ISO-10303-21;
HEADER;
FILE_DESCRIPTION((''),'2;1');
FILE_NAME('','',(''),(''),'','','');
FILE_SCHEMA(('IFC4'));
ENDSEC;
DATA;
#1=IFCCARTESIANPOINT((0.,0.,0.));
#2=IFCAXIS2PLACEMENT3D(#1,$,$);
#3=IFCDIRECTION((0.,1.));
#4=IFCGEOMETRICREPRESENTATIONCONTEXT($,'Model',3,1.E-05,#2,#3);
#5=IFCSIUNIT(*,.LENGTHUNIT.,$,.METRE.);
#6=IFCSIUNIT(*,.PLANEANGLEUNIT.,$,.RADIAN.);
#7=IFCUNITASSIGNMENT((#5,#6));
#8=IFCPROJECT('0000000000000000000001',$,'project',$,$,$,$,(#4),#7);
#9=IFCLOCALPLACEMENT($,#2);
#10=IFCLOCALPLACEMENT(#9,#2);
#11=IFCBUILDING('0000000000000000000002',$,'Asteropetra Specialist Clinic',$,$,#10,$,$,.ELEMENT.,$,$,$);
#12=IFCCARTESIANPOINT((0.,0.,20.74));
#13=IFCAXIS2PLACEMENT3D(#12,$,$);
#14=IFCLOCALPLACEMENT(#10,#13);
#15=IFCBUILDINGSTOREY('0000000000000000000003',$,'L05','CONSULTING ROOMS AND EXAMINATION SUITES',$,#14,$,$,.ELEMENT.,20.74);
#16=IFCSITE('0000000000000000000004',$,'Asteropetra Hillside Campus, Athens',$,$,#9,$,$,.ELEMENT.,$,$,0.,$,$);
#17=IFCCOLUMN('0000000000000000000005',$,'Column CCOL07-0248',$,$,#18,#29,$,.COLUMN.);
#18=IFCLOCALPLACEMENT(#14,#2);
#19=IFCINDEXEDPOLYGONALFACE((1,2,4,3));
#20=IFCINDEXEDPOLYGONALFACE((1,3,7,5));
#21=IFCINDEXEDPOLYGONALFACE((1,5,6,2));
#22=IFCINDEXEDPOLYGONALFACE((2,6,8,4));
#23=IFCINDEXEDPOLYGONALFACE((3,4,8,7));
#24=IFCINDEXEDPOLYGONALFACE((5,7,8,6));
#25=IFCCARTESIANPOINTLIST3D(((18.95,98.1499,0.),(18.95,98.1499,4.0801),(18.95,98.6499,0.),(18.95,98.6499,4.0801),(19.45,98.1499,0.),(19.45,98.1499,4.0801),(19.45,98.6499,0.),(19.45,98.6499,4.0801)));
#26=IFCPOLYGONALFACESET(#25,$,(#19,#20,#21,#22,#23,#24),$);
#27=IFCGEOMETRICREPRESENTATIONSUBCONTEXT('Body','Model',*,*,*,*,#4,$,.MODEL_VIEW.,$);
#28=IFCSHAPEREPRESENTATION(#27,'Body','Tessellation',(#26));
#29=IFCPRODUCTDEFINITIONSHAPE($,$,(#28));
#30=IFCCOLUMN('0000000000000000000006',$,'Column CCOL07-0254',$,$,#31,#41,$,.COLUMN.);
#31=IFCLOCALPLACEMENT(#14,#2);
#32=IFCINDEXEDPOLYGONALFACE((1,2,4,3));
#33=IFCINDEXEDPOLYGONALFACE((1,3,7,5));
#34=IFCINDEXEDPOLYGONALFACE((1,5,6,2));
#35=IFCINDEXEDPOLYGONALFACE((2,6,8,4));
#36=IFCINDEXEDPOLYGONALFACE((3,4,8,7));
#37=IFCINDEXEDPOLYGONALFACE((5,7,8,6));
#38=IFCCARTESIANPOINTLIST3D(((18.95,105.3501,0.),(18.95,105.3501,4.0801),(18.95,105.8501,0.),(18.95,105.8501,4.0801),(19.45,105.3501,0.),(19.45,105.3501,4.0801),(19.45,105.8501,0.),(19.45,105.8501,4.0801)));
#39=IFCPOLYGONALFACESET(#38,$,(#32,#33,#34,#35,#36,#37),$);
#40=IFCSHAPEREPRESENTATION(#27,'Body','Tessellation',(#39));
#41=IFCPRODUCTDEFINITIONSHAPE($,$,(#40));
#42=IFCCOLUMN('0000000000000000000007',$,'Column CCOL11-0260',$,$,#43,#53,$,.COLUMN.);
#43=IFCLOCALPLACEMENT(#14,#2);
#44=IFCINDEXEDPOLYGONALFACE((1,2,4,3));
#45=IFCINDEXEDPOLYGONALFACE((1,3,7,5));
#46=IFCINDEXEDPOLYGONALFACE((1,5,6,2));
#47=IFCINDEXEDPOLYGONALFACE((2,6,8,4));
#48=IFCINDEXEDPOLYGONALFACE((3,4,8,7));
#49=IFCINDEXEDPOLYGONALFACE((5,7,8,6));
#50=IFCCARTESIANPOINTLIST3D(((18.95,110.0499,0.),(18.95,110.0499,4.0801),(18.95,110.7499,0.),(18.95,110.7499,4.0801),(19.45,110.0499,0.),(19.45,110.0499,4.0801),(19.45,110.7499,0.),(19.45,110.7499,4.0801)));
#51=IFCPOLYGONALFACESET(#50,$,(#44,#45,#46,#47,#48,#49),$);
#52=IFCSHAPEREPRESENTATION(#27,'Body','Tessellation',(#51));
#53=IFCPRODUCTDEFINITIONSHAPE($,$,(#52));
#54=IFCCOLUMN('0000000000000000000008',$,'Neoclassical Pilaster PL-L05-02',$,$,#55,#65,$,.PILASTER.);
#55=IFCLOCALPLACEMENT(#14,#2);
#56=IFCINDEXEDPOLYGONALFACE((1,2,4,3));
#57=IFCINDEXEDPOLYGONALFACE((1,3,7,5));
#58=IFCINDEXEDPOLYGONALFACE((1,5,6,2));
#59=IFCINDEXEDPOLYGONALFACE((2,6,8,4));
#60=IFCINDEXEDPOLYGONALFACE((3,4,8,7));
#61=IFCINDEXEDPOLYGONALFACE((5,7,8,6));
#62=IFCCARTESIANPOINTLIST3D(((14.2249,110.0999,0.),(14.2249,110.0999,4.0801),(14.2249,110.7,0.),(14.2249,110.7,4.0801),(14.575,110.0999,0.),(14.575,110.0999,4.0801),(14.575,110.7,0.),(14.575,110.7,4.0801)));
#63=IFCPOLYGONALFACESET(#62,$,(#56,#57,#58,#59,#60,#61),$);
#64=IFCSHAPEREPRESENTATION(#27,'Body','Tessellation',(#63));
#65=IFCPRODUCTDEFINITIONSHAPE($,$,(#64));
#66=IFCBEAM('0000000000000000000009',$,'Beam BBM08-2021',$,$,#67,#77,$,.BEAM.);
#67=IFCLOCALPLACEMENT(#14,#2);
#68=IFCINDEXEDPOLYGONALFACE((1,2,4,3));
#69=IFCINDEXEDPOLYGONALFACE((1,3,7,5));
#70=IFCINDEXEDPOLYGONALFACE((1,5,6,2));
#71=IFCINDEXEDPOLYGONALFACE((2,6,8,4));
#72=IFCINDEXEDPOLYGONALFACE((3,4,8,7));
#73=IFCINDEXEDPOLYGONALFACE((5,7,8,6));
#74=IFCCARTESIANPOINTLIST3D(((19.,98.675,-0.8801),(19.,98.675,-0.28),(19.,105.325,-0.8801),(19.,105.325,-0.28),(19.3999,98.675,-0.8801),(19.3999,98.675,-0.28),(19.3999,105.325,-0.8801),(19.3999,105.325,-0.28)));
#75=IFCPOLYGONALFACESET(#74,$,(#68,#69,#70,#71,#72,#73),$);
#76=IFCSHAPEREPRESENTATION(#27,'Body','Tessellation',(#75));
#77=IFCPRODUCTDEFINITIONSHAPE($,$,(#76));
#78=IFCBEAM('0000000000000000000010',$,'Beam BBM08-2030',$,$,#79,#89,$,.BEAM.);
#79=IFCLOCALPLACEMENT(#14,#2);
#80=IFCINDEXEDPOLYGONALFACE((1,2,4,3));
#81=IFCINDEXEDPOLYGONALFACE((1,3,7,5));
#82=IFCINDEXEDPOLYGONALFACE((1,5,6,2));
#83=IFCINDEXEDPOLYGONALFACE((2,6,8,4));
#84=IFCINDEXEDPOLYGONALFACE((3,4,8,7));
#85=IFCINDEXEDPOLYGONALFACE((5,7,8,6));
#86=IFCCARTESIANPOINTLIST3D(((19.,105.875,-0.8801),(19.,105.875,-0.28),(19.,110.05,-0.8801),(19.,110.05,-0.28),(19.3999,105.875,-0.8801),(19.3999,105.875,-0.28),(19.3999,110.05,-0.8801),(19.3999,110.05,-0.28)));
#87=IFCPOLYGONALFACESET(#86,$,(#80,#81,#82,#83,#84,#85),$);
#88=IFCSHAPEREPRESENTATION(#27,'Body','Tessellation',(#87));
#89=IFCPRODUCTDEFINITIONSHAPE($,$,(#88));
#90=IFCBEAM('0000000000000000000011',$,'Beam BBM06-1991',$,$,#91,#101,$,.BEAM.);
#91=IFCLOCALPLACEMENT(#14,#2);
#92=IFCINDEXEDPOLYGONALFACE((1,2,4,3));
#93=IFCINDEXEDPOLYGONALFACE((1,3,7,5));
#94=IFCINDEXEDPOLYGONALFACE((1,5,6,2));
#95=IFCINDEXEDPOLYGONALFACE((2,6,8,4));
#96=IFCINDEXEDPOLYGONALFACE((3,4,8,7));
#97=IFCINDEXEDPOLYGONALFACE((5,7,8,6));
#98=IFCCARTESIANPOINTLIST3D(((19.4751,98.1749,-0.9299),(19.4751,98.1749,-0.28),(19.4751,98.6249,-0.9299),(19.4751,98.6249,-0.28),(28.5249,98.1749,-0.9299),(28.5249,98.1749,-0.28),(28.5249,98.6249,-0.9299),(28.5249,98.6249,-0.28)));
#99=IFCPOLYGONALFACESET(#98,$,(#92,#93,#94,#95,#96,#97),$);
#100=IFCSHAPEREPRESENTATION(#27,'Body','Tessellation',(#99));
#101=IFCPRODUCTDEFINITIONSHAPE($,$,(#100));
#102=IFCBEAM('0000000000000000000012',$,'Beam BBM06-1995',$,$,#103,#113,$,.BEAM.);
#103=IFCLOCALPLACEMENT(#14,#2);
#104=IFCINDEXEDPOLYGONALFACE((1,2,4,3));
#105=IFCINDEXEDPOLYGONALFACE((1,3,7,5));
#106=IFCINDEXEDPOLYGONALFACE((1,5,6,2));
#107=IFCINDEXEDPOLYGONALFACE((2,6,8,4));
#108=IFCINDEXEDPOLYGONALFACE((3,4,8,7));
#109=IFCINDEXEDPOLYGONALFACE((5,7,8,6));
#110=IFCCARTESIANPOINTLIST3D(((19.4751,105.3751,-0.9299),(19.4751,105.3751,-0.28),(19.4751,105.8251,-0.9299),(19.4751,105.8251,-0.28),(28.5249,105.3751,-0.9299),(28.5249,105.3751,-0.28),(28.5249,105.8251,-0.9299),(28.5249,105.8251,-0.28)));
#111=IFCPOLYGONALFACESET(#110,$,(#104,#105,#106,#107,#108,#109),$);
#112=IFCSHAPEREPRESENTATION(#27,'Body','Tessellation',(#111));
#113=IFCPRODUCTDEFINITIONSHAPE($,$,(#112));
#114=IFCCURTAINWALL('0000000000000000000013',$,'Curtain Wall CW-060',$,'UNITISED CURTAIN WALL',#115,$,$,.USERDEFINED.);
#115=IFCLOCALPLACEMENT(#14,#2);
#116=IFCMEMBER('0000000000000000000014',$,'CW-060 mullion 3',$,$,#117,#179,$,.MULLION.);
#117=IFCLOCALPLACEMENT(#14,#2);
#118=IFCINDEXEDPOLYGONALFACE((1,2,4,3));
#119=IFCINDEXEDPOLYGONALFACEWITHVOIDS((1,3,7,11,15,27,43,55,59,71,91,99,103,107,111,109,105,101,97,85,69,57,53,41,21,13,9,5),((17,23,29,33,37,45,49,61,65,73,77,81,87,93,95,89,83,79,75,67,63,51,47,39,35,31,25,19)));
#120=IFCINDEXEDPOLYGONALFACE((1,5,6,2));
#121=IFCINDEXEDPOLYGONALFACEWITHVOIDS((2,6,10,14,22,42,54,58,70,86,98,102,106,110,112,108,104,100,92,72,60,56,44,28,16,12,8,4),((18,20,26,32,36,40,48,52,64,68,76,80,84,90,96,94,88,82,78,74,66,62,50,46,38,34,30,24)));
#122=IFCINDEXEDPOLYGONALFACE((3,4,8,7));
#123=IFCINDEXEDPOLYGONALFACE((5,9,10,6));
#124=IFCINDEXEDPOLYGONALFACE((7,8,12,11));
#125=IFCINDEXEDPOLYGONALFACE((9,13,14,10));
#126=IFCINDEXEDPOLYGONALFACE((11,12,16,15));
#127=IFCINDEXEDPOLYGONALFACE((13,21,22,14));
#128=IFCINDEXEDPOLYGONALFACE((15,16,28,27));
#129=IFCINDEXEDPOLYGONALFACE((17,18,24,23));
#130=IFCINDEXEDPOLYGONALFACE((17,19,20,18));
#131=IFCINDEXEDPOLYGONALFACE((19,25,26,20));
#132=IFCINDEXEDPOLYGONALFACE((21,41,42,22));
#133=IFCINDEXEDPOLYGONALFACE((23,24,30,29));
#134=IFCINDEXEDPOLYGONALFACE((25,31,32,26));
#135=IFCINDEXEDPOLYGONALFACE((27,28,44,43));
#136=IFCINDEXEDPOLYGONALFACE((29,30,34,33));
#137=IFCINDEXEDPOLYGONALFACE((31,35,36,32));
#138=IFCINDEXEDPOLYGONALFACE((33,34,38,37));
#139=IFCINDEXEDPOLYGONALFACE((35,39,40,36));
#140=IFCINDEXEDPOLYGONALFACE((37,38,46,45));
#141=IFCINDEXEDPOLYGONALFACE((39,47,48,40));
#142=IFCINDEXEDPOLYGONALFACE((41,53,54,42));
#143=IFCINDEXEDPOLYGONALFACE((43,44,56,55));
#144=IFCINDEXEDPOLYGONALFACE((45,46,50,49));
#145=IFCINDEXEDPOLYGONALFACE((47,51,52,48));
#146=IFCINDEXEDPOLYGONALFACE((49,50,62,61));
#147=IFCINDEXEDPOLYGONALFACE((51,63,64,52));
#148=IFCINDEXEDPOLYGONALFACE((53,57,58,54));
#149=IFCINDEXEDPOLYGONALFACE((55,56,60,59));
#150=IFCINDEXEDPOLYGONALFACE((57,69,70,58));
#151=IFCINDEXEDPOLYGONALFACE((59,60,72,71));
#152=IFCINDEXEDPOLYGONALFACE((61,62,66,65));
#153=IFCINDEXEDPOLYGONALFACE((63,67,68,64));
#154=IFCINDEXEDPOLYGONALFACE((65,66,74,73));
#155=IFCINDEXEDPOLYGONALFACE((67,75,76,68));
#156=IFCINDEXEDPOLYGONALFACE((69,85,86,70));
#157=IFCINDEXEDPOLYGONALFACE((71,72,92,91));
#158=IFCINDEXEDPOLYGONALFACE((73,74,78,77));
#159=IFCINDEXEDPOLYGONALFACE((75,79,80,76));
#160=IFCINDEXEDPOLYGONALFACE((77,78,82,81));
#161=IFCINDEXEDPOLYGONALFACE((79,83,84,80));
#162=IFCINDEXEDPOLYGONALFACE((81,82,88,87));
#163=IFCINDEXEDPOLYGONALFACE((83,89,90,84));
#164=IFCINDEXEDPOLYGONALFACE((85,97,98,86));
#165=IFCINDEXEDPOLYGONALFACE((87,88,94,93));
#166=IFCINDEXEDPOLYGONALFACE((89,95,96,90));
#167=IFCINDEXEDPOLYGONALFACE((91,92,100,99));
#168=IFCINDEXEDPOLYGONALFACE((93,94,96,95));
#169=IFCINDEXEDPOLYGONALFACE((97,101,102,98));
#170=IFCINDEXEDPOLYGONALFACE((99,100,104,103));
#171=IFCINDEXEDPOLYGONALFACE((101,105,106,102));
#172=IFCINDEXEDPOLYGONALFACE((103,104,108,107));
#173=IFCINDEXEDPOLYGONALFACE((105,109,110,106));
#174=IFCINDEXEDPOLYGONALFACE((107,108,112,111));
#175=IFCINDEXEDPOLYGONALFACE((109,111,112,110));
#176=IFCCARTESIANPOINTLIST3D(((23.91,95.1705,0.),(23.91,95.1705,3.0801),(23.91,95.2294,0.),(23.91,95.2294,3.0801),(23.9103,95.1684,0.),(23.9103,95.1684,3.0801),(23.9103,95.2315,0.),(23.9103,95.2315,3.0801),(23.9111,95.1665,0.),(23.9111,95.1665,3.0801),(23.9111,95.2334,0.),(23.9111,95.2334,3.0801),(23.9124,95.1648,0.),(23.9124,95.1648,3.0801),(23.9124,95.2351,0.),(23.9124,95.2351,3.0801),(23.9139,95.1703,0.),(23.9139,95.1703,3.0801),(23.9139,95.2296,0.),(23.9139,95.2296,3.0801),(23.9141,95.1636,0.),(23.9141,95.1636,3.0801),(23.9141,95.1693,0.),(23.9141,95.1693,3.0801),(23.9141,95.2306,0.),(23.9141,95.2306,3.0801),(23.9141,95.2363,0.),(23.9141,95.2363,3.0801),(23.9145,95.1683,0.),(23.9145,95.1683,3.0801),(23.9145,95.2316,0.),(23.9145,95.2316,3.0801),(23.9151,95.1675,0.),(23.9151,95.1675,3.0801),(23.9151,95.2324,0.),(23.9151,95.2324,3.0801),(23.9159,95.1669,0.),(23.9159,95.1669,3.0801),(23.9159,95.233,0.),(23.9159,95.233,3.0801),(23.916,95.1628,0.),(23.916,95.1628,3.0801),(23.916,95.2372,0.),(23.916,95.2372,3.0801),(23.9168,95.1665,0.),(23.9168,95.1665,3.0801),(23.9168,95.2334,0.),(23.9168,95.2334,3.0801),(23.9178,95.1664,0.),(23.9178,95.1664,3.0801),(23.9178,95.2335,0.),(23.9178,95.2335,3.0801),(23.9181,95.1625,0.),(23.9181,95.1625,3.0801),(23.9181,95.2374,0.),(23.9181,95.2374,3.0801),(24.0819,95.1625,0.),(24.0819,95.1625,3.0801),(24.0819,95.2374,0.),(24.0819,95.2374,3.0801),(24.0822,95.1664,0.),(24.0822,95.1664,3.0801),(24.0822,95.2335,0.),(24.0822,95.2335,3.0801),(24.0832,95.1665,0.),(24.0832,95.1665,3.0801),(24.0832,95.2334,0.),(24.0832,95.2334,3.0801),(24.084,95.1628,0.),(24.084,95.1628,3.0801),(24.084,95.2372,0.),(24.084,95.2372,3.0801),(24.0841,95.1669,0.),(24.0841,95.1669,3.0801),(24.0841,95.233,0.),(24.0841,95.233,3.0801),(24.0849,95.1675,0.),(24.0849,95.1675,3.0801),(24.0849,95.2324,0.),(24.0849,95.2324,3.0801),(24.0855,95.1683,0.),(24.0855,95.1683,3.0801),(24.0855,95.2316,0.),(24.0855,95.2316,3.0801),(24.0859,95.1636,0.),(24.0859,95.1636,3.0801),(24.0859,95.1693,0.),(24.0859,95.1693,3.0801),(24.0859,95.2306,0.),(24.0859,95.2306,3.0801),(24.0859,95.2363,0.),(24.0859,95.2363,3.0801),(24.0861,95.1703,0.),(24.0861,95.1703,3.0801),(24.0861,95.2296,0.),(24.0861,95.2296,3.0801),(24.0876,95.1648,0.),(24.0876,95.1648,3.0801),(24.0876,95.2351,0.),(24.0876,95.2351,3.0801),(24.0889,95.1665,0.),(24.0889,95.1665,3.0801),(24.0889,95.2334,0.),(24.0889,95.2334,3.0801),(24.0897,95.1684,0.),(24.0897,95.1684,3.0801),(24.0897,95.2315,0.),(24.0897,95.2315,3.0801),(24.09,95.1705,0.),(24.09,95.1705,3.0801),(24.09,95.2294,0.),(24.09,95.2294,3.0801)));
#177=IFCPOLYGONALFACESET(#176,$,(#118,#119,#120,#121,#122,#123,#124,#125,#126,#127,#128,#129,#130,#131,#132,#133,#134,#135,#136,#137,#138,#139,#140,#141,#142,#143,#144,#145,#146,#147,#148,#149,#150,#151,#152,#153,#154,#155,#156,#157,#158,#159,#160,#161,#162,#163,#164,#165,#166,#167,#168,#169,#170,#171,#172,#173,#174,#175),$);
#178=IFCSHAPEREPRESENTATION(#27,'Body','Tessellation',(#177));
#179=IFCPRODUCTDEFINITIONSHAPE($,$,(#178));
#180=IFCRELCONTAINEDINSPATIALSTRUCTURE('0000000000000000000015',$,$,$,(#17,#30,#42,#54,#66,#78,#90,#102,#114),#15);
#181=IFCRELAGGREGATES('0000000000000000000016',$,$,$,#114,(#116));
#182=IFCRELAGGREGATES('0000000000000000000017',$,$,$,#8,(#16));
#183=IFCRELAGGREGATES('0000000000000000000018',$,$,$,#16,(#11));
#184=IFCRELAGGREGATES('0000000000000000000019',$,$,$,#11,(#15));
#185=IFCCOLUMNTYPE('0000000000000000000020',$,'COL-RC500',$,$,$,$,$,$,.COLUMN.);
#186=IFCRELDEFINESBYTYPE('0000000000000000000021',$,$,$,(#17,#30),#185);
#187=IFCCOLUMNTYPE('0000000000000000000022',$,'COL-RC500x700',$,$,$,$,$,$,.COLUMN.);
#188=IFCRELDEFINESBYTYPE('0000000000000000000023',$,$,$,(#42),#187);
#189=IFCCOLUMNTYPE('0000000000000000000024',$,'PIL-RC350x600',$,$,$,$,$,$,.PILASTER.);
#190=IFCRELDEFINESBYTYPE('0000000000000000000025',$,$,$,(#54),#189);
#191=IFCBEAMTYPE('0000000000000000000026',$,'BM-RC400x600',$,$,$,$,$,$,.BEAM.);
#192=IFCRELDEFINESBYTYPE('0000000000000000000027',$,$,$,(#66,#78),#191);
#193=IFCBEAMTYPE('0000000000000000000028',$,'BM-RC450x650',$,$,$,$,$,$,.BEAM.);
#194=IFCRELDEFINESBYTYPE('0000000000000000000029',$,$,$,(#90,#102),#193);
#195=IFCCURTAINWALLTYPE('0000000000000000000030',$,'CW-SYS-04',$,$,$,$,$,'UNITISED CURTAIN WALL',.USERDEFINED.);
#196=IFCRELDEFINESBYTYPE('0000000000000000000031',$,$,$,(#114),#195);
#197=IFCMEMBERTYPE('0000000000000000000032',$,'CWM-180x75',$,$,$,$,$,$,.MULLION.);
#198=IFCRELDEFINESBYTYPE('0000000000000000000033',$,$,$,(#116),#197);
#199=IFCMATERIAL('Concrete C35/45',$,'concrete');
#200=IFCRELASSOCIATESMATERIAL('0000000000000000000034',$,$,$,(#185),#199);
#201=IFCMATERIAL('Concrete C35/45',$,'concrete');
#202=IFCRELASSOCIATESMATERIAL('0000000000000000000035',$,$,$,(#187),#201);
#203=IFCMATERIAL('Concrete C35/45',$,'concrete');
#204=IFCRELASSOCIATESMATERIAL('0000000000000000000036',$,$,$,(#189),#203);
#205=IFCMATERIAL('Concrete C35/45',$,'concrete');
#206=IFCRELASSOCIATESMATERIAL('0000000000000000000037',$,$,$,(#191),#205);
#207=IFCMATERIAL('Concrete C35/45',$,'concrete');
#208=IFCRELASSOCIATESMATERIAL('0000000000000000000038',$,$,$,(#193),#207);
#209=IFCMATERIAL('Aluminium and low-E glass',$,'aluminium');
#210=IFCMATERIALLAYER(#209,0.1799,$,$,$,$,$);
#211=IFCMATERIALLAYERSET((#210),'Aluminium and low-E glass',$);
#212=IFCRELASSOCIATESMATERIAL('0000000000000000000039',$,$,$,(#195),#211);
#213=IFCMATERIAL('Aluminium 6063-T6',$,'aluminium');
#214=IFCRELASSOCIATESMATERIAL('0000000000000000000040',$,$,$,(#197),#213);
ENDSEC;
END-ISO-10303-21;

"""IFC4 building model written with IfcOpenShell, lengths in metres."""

from ifc_helpers import new_model, si_unit, direction, frame, origin, origin_2d, place, context, subcontext, project, spatial, rectangle, hollow_rectangle, extrude, material, layer, layer_set, material_profile, profile_set, type_object, element, aggregate, save


model = new_model("IFC4")

# Units and contexts
model_context = context("Model", 3, precision=1e-05, world=origin(), true_north=direction((0.0, 1.0)))
body_context = subcontext(model_context, "Body", "Model", "MODEL_VIEW")
ifc_project = project(units=[si_unit("LENGTHUNIT", "METRE"), si_unit("PLANEANGLEUNIT", "RADIAN")], contexts=[model_context])

# Site, building, storey
site_placement = place(None, origin())
site = spatial("IfcSite", under=ifc_project, at=site_placement, Name="Asteropetra Hillside Campus, Athens", CompositionType="ELEMENT", RefElevation=0.0)
building_placement = place(site_placement, origin())
building = spatial("IfcBuilding", under=site, at=building_placement, Name="Asteropetra Specialist Clinic", CompositionType="ELEMENT")
storey_placement = place(building_placement, frame((0.0, 0.0, 20.74)))
storey = spatial("IfcBuildingStorey", under=building, at=storey_placement, Name="L05", Description="CONSULTING ROOMS AND EXAMINATION SUITES", CompositionType="ELEMENT", Elevation=20.74)

# Columns
ifc_material_1 = material(Name="Concrete C35/45", Category="concrete")
ifc_material_profile_1 = material_profile(ifc_material_1, rectangle(XDim=0.5, YDim=0.5, at=origin_2d()), Name="RC 500x500")
ifc_profile_set_1 = profile_set([ifc_material_profile_1], Name="Concrete C35/45")
column_type_1 = type_object("IfcColumnType", Name="COL-RC500", PredefinedType="COLUMN", material=ifc_profile_set_1)
for number, where, z_axis, x_axis, name in (
    (1, (19.2, 98.3999, 0.0), (0.0, 0.0, 1.0), (1.0, 0.0, 0.0), "Column CCOL07-0248"),
    (2, (19.2, 105.6001, 0.0), (0.0, 0.0, 1.0), (1.0, 0.0, 0.0), "Column CCOL07-0254"),
):
    element("IfcColumn", number, at=place(storey_placement, frame(where, z_axis=z_axis, x_axis=x_axis)), inside=storey, type_object=column_type_1, Name=name, PredefinedType="COLUMN", context=body_context, shape_type="SweptSolid", body=[
        extrude(rectangle(XDim=0.5, YDim=0.5, at=origin_2d()), origin(), (0.0, 0.0, 1.0), 4.0801),
    ])
ifc_material_2 = material(Name="Concrete C35/45", Category="concrete")
ifc_material_profile_2 = material_profile(ifc_material_2, rectangle(XDim=0.5, YDim=0.7, at=origin_2d()), Name="RC 500x700")
ifc_profile_set_2 = profile_set([ifc_material_profile_2], Name="Concrete C35/45")
column_type_2 = type_object("IfcColumnType", Name="COL-RC500x700", PredefinedType="COLUMN", material=ifc_profile_set_2)
column_1_placement = place(storey_placement, frame((19.2, 110.3999, 0.0), z_axis=(0.0, 0.0, 1.0), x_axis=(1.0, 0.0, 0.0)))
element("IfcColumn", 3, at=column_1_placement, inside=storey, type_object=column_type_2, Name="Column CCOL11-0260", PredefinedType="COLUMN", context=body_context, shape_type="SweptSolid", body=[
    extrude(rectangle(XDim=0.5, YDim=0.7, at=origin_2d()), origin(), (0.0, 0.0, 1.0), 4.0801),
])
ifc_material_3 = material(Name="Concrete C35/45", Category="concrete")
ifc_material_profile_3 = material_profile(ifc_material_3, rectangle(XDim=0.3501, YDim=0.6001, at=origin_2d()), Name="PIL 350x600")
ifc_profile_set_3 = profile_set([ifc_material_profile_3], Name="Concrete C35/45")
column_type_3 = type_object("IfcColumnType", Name="PIL-RC350x600", PredefinedType="PILASTER", material=ifc_profile_set_3)
column_2_placement = place(storey_placement, frame((14.3999, 110.3999, 0.0), z_axis=(0.0, 0.0, 1.0), x_axis=(1.0, 0.0, 0.0)))
element("IfcColumn", 4, at=column_2_placement, inside=storey, type_object=column_type_3, Name="Neoclassical Pilaster PL-L05-02", PredefinedType="PILASTER", context=body_context, shape_type="SweptSolid", body=[
    extrude(rectangle(XDim=0.3501, YDim=0.6001, at=origin_2d()), origin(), (0.0, 0.0, 1.0), 4.0801),
])

# Beams
ifc_material_4 = material(Name="Concrete C35/45", Category="concrete")
ifc_material_profile_4 = material_profile(ifc_material_4, rectangle(XDim=0.3999, YDim=0.6001, at=origin_2d()), Name="RCB 400x600")
ifc_profile_set_4 = profile_set([ifc_material_profile_4], Name="Concrete C35/45")
beam_type_1 = type_object("IfcBeamType", Name="BM-RC400x600", PredefinedType="BEAM", material=ifc_profile_set_4)
beam_1_placement = place(storey_placement, frame((19.2, 98.675, -0.5801), z_axis=(0.0, 1.0, 0.0), x_axis=(-1.0, 0.0, 0.0)))
element("IfcBeam", 5, at=beam_1_placement, inside=storey, type_object=beam_type_1, Name="Beam BBM08-2021", PredefinedType="BEAM", context=body_context, shape_type="SweptSolid", body=[
    extrude(rectangle(XDim=0.3999, YDim=0.6001, at=origin_2d()), origin(), (0.0, 0.0, 1.0), 6.6499),
])
beam_2_placement = place(storey_placement, frame((19.2, 105.875, -0.5801), z_axis=(0.0, 1.0, 0.0), x_axis=(-1.0, 0.0, 0.0)))
element("IfcBeam", 6, at=beam_2_placement, inside=storey, type_object=beam_type_1, Name="Beam BBM08-2030", PredefinedType="BEAM", context=body_context, shape_type="SweptSolid", body=[
    extrude(rectangle(XDim=0.3999, YDim=0.6001, at=origin_2d()), origin(), (0.0, 0.0, 1.0), 4.175),
])
ifc_material_5 = material(Name="Concrete C35/45", Category="concrete")
ifc_material_profile_5 = material_profile(ifc_material_5, rectangle(XDim=0.45, YDim=0.6499, at=origin_2d()), Name="RCB 450x650")
ifc_profile_set_5 = profile_set([ifc_material_profile_5], Name="Concrete C35/45")
beam_type_2 = type_object("IfcBeamType", Name="BM-RC450x650", PredefinedType="BEAM", material=ifc_profile_set_5)
for number, where, z_axis, x_axis, name in (
    (7, (19.4751, 98.3999, -0.605), (1.0, 0.0, 0.0), (0.0, 1.0, 0.0), "Beam BBM06-1991"),
    (8, (19.4751, 105.6001, -0.605), (1.0, 0.0, 0.0), (0.0, 1.0, 0.0), "Beam BBM06-1995"),
):
    element("IfcBeam", number, at=place(storey_placement, frame(where, z_axis=z_axis, x_axis=x_axis)), inside=storey, type_object=beam_type_2, Name=name, PredefinedType="BEAM", context=body_context, shape_type="SweptSolid", body=[
        extrude(rectangle(XDim=0.45, YDim=0.6499, at=origin_2d()), origin(), (0.0, 0.0, 1.0), 9.0498),
    ])

# Curtain wall, member
ifc_material_6 = material(Name="Aluminium and low-E glass", Category="aluminium")
ifc_layer_1 = layer(ifc_material_6, 0.1799)
ifc_layer_set_1 = layer_set([ifc_layer_1], Name="Aluminium and low-E glass")
curtain_wall_type = type_object("IfcCurtainWallType", Name="CW-SYS-04", ElementType="UNITISED CURTAIN WALL", PredefinedType="USERDEFINED", material=ifc_layer_set_1)
curtain_wall_placement = place(storey_placement, origin())
curtain_wall = element("IfcCurtainWall", 9, at=curtain_wall_placement, inside=storey, type_object=curtain_wall_type, Name="Curtain Wall CW-060", ObjectType="UNITISED CURTAIN WALL", PredefinedType="USERDEFINED")
ifc_material_7 = material(Name="Aluminium 6063-T6", Category="aluminium")
ifc_material_profile_6 = material_profile(ifc_material_7, hollow_rectangle(XDim=0.075, YDim=0.1799, WallThickness=0.0039, InnerFilletRadius=0.0039, OuterFilletRadius=0.0081, at=origin_2d()), Name="MUL 180x75x4.0")
ifc_profile_set_6 = profile_set([ifc_material_profile_6], Name="Aluminium 6063-T6")
member_type = type_object("IfcMemberType", Name="CWM-180x75", PredefinedType="MULLION", material=ifc_profile_set_6)
member_placement = place(storey_placement, frame((24.0, 95.2, 0.0), z_axis=(0.0, 0.0, 1.0), x_axis=(0.0, -1.0, 0.0)))
member = element("IfcMember", 10, at=member_placement, type_object=member_type, Name="CW-060 mullion 3", PredefinedType="MULLION", context=body_context, shape_type="SweptSolid", body=[
    extrude(hollow_rectangle(XDim=0.075, YDim=0.1799, WallThickness=0.0039, InnerFilletRadius=0.0039, OuterFilletRadius=0.0081, at=origin_2d()), origin(), (0.0, 0.0, 1.0), 3.0801),
])
aggregate(curtain_wall, [member])

save(model, "model.ifc")
